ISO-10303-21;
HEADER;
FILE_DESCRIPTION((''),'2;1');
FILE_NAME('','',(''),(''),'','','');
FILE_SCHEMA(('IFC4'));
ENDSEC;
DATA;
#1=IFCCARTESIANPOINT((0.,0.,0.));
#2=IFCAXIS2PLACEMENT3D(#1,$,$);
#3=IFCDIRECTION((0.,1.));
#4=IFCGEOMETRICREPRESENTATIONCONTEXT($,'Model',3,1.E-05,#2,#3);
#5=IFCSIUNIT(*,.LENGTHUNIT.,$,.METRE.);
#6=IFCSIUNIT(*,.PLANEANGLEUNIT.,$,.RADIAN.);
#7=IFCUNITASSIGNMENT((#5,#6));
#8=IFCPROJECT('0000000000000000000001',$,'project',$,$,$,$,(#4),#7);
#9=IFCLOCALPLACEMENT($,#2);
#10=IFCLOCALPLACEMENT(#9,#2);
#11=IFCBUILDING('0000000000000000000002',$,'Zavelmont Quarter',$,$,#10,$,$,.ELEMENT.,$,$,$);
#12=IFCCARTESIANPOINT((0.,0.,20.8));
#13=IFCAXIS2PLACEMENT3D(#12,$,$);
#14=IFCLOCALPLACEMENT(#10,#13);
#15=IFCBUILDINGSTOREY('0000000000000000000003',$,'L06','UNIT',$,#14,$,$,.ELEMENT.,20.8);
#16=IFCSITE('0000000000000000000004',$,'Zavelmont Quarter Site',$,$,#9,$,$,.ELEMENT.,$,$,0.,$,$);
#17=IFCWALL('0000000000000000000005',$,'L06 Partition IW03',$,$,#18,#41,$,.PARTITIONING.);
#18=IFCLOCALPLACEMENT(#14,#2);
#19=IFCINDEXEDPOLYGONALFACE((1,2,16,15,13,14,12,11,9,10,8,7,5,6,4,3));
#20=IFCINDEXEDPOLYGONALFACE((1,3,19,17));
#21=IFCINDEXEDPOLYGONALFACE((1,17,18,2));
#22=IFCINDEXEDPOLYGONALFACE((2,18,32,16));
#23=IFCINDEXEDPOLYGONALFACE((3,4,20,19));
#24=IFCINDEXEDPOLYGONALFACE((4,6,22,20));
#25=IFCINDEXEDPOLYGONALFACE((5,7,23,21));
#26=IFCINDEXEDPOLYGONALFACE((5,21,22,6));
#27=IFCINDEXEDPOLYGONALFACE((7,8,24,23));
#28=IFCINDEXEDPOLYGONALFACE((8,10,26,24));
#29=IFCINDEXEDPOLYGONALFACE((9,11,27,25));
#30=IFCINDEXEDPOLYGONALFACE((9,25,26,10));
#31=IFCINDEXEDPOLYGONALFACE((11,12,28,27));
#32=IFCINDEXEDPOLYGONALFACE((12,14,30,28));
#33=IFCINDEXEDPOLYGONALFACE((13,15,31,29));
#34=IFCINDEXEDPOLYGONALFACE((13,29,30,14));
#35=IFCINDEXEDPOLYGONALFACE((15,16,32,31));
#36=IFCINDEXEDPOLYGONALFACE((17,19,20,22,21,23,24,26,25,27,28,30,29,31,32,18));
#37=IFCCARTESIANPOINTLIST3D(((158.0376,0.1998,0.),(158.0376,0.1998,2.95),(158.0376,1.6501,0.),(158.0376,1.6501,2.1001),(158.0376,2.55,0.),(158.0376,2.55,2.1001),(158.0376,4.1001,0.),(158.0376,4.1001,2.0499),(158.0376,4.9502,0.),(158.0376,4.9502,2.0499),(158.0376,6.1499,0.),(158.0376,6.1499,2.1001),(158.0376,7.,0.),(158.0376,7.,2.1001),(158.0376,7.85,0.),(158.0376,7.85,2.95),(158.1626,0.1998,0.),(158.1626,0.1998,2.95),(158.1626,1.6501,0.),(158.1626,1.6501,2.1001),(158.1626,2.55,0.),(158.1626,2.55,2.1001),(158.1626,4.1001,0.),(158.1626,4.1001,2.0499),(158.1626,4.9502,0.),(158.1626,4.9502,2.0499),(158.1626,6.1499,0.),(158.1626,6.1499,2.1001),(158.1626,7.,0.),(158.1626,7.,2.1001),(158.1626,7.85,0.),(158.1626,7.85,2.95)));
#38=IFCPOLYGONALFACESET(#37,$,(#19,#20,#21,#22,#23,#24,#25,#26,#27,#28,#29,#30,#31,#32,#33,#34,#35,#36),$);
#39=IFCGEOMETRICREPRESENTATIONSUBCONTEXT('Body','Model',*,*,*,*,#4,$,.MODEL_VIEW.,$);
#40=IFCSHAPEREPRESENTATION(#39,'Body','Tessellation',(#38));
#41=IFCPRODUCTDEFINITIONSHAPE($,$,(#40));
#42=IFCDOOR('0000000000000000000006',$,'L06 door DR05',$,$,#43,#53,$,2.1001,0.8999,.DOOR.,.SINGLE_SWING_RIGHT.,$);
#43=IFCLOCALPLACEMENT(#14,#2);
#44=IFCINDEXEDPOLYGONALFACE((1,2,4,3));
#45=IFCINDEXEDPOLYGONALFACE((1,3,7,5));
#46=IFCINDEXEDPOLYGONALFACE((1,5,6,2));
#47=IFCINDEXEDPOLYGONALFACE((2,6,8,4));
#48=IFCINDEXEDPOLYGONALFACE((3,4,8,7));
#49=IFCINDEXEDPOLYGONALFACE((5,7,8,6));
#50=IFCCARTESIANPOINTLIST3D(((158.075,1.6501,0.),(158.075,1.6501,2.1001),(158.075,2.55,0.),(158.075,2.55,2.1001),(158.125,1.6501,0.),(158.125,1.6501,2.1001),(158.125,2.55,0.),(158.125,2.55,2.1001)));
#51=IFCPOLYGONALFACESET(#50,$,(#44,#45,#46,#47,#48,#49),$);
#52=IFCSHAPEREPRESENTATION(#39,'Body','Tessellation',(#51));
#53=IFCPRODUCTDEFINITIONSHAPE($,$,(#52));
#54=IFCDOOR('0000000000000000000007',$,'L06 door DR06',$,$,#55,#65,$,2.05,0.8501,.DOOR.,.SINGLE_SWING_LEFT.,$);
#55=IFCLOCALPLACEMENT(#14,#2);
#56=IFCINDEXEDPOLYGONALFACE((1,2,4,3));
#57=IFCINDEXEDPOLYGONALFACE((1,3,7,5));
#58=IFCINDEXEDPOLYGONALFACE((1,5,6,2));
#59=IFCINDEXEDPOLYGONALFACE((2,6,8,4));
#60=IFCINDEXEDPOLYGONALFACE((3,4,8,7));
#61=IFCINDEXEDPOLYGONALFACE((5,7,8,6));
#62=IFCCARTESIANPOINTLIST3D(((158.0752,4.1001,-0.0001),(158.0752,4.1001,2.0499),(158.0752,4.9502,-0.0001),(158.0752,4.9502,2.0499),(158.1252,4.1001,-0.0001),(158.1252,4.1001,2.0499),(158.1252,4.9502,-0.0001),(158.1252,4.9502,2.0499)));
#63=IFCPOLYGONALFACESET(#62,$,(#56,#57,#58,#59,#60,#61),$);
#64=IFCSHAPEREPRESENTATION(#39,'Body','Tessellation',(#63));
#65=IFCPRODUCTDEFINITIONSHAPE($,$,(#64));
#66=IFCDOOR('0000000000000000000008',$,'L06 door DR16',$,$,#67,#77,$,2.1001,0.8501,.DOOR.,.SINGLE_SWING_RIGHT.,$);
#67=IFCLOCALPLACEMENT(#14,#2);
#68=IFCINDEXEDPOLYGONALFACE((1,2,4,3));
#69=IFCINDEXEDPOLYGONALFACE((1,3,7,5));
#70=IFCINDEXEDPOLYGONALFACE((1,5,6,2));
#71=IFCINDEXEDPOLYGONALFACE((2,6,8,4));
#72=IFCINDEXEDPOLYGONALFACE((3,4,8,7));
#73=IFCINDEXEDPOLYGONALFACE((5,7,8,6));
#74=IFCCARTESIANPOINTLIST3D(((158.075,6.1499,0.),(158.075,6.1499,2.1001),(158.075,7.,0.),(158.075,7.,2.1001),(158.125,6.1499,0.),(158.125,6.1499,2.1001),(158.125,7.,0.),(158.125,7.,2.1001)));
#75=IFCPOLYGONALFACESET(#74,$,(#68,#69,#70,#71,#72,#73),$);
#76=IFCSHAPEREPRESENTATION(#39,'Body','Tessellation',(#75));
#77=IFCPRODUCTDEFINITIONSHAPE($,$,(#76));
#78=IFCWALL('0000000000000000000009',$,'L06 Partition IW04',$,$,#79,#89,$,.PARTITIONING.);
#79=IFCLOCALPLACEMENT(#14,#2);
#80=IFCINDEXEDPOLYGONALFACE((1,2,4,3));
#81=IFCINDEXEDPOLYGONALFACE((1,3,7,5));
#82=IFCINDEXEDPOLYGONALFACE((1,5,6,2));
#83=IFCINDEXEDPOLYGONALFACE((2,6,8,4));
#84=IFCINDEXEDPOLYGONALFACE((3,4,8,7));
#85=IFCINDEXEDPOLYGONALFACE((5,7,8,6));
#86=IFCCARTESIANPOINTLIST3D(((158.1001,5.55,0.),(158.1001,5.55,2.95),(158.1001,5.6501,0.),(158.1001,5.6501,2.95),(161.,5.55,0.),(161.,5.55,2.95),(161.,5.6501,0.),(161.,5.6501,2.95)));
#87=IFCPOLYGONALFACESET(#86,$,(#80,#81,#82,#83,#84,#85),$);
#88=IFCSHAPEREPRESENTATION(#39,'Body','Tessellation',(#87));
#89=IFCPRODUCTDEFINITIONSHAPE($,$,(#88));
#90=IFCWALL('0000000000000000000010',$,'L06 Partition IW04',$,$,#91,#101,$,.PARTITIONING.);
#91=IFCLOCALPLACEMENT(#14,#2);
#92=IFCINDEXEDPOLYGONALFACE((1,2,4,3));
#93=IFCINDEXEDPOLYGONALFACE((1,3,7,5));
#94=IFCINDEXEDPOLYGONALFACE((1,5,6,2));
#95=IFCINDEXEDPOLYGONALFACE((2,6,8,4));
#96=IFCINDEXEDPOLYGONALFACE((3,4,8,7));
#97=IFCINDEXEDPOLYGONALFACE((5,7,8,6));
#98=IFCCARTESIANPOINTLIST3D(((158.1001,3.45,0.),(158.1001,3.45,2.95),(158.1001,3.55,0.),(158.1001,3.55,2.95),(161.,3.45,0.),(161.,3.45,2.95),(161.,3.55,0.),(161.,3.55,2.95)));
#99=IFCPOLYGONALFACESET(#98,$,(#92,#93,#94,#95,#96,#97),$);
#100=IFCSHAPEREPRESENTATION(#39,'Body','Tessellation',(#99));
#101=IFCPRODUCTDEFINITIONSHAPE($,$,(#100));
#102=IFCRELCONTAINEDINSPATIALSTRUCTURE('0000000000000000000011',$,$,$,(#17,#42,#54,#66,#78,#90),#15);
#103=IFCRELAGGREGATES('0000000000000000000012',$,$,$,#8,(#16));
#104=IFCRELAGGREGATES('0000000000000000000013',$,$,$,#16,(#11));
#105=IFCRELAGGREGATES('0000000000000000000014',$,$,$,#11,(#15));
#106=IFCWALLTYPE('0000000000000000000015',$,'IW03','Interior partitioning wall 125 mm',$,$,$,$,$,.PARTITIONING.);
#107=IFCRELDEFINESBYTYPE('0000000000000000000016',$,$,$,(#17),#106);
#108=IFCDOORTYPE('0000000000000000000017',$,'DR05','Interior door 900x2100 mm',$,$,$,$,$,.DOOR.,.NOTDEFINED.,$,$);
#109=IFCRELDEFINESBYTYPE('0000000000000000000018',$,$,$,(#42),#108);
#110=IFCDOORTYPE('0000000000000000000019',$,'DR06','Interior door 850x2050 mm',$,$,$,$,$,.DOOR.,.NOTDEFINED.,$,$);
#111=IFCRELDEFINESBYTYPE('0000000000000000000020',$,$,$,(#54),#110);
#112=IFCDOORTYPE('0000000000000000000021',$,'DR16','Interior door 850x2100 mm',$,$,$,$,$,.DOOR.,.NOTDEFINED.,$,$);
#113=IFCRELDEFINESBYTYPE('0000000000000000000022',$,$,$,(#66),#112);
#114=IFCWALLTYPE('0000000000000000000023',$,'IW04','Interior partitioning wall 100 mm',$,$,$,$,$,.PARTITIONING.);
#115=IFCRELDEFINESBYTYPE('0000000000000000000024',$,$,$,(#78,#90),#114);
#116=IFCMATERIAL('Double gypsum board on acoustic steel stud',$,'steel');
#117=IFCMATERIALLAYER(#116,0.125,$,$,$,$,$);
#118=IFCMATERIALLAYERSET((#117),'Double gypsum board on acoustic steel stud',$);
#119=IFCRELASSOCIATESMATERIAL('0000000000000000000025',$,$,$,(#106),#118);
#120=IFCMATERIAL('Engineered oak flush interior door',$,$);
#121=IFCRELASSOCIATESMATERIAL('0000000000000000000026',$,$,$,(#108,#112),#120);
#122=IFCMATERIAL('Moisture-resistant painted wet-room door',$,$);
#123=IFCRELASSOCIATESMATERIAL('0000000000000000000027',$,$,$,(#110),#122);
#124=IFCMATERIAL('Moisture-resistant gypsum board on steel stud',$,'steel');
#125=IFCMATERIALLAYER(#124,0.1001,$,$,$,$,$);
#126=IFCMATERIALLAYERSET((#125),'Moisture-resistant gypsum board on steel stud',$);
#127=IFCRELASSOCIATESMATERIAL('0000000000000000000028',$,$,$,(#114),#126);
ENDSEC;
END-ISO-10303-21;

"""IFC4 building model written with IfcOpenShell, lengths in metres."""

from ifc_helpers import new_model, si_unit, direction, frame, frame_2d, origin, origin_with_axes, place, context, subcontext, project, spatial, rectangle, extrude, material, layer, layer_set, type_object, element, fill, save


model = new_model("IFC4")

# Units and contexts
model_context = context("Model", 3, precision=1e-05, world=origin(), true_north=direction((0.0, 1.0)))
body_context = subcontext(model_context, "Body", "Model", "MODEL_VIEW")
ifc_project = project(units=[si_unit("LENGTHUNIT", "METRE"), si_unit("PLANEANGLEUNIT", "RADIAN")], contexts=[model_context])

# Site, building, storey
site_placement = place(None, origin())
site = spatial("IfcSite", under=ifc_project, at=site_placement, Name="Zavelmont Quarter Site", CompositionType="ELEMENT", RefElevation=0.0)
building_placement = place(site_placement, origin())
building = spatial("IfcBuilding", under=site, at=building_placement, Name="Zavelmont Quarter", CompositionType="ELEMENT")
storey_placement = place(building_placement, frame((0.0, 0.0, 20.8)))
storey = spatial("IfcBuildingStorey", under=building, at=storey_placement, Name="L06", Description="UNIT", CompositionType="ELEMENT", Elevation=20.8)

# Wall, openings, doors
ifc_material_1 = material(Name="Double gypsum board on acoustic steel stud", Category="steel")
ifc_layer_1 = layer(ifc_material_1, 0.125)
ifc_layer_set_1 = layer_set([ifc_layer_1], Name="Double gypsum board on acoustic steel stud")
wall_type_1 = type_object("IfcWallType", Name="IW03", Description="Interior partitioning wall 125 mm", PredefinedType="PARTITIONING", material=ifc_layer_set_1)
wall_1_placement = place(storey_placement, frame((158.1001, 7.8501, 0.0), z_axis=(0.0, 0.0, 1.0), x_axis=(0.0, -1.0, 0.0)))
wall_1 = element("IfcWall", 1, at=wall_1_placement, inside=storey, type_object=wall_type_1, Name="L06 Partition IW03", PredefinedType="PARTITIONING", context=body_context, shape_type="SweptSolid", body=[
    extrude(rectangle(XDim=7.6501, YDim=0.125, at=frame_2d((3.8252, 0.0))), origin(), (0.0, 0.0, 1.0), 2.95),
])
opening_1_placement = place(wall_1_placement, frame((0.8501, 0.0, 0.0)))
opening_1 = element("IfcOpeningElement", 2, at=opening_1_placement, cuts=wall_1, PredefinedType="OPENING", context=body_context, shape_type="SweptSolid", body=[
    extrude(rectangle(XDim=0.8501, YDim=2.1001, at=frame_2d((0.425, 1.05))), frame((0.0, 0.0745, 0.0), z_axis=(0.0, -1.0, 0.0), x_axis=(1.0, 0.0, 0.0)), (0.0, 0.0, 1.0), 0.1489),
])
opening_2_placement = place(wall_1_placement, frame((2.8999, 0.0, 0.0)))
opening_2 = element("IfcOpeningElement", 3, at=opening_2_placement, cuts=wall_1, PredefinedType="OPENING", context=body_context, shape_type="SweptSolid", body=[
    extrude(rectangle(XDim=0.8501, YDim=2.05, at=frame_2d((0.425, 1.0249))), frame((0.0, 0.0745, 0.0), z_axis=(0.0, -1.0, 0.0), x_axis=(1.0, 0.0, 0.0)), (0.0, 0.0, 1.0), 0.1489),
])
opening_3_placement = place(wall_1_placement, frame((5.3, 0.0, 0.0)))
opening_3 = element("IfcOpeningElement", 4, at=opening_3_placement, cuts=wall_1, PredefinedType="OPENING", context=body_context, shape_type="SweptSolid", body=[
    extrude(rectangle(XDim=0.8999, YDim=2.1001, at=frame_2d((0.45, 1.05))), frame((0.0, 0.0745, 0.0), z_axis=(0.0, -1.0, 0.0), x_axis=(1.0, 0.0, 0.0)), (0.0, 0.0, 1.0), 0.1489),
])
ifc_material_2 = material(Name="Engineered oak flush interior door")
door_type_1 = type_object("IfcDoorType", Name="DR05", Description="Interior door 900x2100 mm", OperationType="NOTDEFINED", PredefinedType="DOOR", material=ifc_material_2)
door_1_placement = place(opening_3_placement, origin_with_axes())
door_1 = element("IfcDoor", 5, at=door_1_placement, inside=storey, type_object=door_type_1, Name="L06 door DR05", OperationType="SINGLE_SWING_RIGHT", OverallHeight=2.1001, OverallWidth=0.8999, PredefinedType="DOOR", context=body_context, shape_type="SweptSolid", body=[
    extrude(rectangle(XDim=0.8999, YDim=2.1001, at=frame_2d((0.45, 1.05))), frame((0.0, 0.0249, 0.0), z_axis=(0.0, -1.0, 0.0), x_axis=(1.0, 0.0, 0.0)), (0.0, 0.0, 1.0), 0.05),
])
fill(opening_3, door_1)
ifc_material_3 = material(Name="Moisture-resistant painted wet-room door")
door_type_2 = type_object("IfcDoorType", Name="DR06", Description="Interior door 850x2050 mm", OperationType="NOTDEFINED", PredefinedType="DOOR", material=ifc_material_3)
door_2_placement = place(opening_2_placement, frame((0.8501, 0.0, 0.0), z_axis=(0.0, 0.0, 1.0), x_axis=(-1.0, 0.0, 0.0)))
door_2 = element("IfcDoor", 6, at=door_2_placement, inside=storey, type_object=door_type_2, Name="L06 door DR06", OperationType="SINGLE_SWING_LEFT", OverallHeight=2.05, OverallWidth=0.8501, PredefinedType="DOOR", context=body_context, shape_type="SweptSolid", body=[
    extrude(rectangle(XDim=0.8501, YDim=2.05, at=frame_2d((0.425, 1.0249))), frame((0.0, 0.0249, 0.0), z_axis=(0.0, -1.0, 0.0), x_axis=(1.0, 0.0, 0.0)), (0.0, 0.0, 1.0), 0.05),
])
fill(opening_2, door_2)
door_type_3 = type_object("IfcDoorType", Name="DR16", Description="Interior door 850x2100 mm", OperationType="NOTDEFINED", PredefinedType="DOOR", material=ifc_material_2)
door_3_placement = place(opening_1_placement, origin_with_axes())
door_3 = element("IfcDoor", 7, at=door_3_placement, inside=storey, type_object=door_type_3, Name="L06 door DR16", OperationType="SINGLE_SWING_RIGHT", OverallHeight=2.1001, OverallWidth=0.8501, PredefinedType="DOOR", context=body_context, shape_type="SweptSolid", body=[
    extrude(rectangle(XDim=0.8501, YDim=2.1001, at=frame_2d((0.425, 1.05))), frame((0.0, 0.0249, 0.0), z_axis=(0.0, -1.0, 0.0), x_axis=(1.0, 0.0, 0.0)), (0.0, 0.0, 1.0), 0.05),
])
fill(opening_1, door_3)

# Walls
ifc_material_4 = material(Name="Moisture-resistant gypsum board on steel stud", Category="steel")
ifc_layer_2 = layer(ifc_material_4, 0.1001)
ifc_layer_set_2 = layer_set([ifc_layer_2], Name="Moisture-resistant gypsum board on steel stud")
wall_type_2 = type_object("IfcWallType", Name="IW04", Description="Interior partitioning wall 100 mm", PredefinedType="PARTITIONING", material=ifc_layer_set_2)
for number, where, z_axis, x_axis, name in (
    (8, (158.1001, 5.6001, 0.0), (0.0, 0.0, 1.0), (1.0, 0.0, 0.0), "L06 Partition IW04"),
    (9, (158.1001, 3.5, 0.0), (0.0, 0.0, 1.0), (1.0, 0.0, 0.0), "L06 Partition IW04"),
):
    element("IfcWall", number, at=place(storey_placement, frame(where, z_axis=z_axis, x_axis=x_axis)), inside=storey, type_object=wall_type_2, Name=name, PredefinedType="PARTITIONING", context=body_context, shape_type="SweptSolid", body=[
        extrude(rectangle(XDim=2.8999, YDim=0.1001, at=frame_2d((1.45, 0.0))), origin(), (0.0, 0.0, 1.0), 2.95),
    ])

save(model, "model.ifc")
